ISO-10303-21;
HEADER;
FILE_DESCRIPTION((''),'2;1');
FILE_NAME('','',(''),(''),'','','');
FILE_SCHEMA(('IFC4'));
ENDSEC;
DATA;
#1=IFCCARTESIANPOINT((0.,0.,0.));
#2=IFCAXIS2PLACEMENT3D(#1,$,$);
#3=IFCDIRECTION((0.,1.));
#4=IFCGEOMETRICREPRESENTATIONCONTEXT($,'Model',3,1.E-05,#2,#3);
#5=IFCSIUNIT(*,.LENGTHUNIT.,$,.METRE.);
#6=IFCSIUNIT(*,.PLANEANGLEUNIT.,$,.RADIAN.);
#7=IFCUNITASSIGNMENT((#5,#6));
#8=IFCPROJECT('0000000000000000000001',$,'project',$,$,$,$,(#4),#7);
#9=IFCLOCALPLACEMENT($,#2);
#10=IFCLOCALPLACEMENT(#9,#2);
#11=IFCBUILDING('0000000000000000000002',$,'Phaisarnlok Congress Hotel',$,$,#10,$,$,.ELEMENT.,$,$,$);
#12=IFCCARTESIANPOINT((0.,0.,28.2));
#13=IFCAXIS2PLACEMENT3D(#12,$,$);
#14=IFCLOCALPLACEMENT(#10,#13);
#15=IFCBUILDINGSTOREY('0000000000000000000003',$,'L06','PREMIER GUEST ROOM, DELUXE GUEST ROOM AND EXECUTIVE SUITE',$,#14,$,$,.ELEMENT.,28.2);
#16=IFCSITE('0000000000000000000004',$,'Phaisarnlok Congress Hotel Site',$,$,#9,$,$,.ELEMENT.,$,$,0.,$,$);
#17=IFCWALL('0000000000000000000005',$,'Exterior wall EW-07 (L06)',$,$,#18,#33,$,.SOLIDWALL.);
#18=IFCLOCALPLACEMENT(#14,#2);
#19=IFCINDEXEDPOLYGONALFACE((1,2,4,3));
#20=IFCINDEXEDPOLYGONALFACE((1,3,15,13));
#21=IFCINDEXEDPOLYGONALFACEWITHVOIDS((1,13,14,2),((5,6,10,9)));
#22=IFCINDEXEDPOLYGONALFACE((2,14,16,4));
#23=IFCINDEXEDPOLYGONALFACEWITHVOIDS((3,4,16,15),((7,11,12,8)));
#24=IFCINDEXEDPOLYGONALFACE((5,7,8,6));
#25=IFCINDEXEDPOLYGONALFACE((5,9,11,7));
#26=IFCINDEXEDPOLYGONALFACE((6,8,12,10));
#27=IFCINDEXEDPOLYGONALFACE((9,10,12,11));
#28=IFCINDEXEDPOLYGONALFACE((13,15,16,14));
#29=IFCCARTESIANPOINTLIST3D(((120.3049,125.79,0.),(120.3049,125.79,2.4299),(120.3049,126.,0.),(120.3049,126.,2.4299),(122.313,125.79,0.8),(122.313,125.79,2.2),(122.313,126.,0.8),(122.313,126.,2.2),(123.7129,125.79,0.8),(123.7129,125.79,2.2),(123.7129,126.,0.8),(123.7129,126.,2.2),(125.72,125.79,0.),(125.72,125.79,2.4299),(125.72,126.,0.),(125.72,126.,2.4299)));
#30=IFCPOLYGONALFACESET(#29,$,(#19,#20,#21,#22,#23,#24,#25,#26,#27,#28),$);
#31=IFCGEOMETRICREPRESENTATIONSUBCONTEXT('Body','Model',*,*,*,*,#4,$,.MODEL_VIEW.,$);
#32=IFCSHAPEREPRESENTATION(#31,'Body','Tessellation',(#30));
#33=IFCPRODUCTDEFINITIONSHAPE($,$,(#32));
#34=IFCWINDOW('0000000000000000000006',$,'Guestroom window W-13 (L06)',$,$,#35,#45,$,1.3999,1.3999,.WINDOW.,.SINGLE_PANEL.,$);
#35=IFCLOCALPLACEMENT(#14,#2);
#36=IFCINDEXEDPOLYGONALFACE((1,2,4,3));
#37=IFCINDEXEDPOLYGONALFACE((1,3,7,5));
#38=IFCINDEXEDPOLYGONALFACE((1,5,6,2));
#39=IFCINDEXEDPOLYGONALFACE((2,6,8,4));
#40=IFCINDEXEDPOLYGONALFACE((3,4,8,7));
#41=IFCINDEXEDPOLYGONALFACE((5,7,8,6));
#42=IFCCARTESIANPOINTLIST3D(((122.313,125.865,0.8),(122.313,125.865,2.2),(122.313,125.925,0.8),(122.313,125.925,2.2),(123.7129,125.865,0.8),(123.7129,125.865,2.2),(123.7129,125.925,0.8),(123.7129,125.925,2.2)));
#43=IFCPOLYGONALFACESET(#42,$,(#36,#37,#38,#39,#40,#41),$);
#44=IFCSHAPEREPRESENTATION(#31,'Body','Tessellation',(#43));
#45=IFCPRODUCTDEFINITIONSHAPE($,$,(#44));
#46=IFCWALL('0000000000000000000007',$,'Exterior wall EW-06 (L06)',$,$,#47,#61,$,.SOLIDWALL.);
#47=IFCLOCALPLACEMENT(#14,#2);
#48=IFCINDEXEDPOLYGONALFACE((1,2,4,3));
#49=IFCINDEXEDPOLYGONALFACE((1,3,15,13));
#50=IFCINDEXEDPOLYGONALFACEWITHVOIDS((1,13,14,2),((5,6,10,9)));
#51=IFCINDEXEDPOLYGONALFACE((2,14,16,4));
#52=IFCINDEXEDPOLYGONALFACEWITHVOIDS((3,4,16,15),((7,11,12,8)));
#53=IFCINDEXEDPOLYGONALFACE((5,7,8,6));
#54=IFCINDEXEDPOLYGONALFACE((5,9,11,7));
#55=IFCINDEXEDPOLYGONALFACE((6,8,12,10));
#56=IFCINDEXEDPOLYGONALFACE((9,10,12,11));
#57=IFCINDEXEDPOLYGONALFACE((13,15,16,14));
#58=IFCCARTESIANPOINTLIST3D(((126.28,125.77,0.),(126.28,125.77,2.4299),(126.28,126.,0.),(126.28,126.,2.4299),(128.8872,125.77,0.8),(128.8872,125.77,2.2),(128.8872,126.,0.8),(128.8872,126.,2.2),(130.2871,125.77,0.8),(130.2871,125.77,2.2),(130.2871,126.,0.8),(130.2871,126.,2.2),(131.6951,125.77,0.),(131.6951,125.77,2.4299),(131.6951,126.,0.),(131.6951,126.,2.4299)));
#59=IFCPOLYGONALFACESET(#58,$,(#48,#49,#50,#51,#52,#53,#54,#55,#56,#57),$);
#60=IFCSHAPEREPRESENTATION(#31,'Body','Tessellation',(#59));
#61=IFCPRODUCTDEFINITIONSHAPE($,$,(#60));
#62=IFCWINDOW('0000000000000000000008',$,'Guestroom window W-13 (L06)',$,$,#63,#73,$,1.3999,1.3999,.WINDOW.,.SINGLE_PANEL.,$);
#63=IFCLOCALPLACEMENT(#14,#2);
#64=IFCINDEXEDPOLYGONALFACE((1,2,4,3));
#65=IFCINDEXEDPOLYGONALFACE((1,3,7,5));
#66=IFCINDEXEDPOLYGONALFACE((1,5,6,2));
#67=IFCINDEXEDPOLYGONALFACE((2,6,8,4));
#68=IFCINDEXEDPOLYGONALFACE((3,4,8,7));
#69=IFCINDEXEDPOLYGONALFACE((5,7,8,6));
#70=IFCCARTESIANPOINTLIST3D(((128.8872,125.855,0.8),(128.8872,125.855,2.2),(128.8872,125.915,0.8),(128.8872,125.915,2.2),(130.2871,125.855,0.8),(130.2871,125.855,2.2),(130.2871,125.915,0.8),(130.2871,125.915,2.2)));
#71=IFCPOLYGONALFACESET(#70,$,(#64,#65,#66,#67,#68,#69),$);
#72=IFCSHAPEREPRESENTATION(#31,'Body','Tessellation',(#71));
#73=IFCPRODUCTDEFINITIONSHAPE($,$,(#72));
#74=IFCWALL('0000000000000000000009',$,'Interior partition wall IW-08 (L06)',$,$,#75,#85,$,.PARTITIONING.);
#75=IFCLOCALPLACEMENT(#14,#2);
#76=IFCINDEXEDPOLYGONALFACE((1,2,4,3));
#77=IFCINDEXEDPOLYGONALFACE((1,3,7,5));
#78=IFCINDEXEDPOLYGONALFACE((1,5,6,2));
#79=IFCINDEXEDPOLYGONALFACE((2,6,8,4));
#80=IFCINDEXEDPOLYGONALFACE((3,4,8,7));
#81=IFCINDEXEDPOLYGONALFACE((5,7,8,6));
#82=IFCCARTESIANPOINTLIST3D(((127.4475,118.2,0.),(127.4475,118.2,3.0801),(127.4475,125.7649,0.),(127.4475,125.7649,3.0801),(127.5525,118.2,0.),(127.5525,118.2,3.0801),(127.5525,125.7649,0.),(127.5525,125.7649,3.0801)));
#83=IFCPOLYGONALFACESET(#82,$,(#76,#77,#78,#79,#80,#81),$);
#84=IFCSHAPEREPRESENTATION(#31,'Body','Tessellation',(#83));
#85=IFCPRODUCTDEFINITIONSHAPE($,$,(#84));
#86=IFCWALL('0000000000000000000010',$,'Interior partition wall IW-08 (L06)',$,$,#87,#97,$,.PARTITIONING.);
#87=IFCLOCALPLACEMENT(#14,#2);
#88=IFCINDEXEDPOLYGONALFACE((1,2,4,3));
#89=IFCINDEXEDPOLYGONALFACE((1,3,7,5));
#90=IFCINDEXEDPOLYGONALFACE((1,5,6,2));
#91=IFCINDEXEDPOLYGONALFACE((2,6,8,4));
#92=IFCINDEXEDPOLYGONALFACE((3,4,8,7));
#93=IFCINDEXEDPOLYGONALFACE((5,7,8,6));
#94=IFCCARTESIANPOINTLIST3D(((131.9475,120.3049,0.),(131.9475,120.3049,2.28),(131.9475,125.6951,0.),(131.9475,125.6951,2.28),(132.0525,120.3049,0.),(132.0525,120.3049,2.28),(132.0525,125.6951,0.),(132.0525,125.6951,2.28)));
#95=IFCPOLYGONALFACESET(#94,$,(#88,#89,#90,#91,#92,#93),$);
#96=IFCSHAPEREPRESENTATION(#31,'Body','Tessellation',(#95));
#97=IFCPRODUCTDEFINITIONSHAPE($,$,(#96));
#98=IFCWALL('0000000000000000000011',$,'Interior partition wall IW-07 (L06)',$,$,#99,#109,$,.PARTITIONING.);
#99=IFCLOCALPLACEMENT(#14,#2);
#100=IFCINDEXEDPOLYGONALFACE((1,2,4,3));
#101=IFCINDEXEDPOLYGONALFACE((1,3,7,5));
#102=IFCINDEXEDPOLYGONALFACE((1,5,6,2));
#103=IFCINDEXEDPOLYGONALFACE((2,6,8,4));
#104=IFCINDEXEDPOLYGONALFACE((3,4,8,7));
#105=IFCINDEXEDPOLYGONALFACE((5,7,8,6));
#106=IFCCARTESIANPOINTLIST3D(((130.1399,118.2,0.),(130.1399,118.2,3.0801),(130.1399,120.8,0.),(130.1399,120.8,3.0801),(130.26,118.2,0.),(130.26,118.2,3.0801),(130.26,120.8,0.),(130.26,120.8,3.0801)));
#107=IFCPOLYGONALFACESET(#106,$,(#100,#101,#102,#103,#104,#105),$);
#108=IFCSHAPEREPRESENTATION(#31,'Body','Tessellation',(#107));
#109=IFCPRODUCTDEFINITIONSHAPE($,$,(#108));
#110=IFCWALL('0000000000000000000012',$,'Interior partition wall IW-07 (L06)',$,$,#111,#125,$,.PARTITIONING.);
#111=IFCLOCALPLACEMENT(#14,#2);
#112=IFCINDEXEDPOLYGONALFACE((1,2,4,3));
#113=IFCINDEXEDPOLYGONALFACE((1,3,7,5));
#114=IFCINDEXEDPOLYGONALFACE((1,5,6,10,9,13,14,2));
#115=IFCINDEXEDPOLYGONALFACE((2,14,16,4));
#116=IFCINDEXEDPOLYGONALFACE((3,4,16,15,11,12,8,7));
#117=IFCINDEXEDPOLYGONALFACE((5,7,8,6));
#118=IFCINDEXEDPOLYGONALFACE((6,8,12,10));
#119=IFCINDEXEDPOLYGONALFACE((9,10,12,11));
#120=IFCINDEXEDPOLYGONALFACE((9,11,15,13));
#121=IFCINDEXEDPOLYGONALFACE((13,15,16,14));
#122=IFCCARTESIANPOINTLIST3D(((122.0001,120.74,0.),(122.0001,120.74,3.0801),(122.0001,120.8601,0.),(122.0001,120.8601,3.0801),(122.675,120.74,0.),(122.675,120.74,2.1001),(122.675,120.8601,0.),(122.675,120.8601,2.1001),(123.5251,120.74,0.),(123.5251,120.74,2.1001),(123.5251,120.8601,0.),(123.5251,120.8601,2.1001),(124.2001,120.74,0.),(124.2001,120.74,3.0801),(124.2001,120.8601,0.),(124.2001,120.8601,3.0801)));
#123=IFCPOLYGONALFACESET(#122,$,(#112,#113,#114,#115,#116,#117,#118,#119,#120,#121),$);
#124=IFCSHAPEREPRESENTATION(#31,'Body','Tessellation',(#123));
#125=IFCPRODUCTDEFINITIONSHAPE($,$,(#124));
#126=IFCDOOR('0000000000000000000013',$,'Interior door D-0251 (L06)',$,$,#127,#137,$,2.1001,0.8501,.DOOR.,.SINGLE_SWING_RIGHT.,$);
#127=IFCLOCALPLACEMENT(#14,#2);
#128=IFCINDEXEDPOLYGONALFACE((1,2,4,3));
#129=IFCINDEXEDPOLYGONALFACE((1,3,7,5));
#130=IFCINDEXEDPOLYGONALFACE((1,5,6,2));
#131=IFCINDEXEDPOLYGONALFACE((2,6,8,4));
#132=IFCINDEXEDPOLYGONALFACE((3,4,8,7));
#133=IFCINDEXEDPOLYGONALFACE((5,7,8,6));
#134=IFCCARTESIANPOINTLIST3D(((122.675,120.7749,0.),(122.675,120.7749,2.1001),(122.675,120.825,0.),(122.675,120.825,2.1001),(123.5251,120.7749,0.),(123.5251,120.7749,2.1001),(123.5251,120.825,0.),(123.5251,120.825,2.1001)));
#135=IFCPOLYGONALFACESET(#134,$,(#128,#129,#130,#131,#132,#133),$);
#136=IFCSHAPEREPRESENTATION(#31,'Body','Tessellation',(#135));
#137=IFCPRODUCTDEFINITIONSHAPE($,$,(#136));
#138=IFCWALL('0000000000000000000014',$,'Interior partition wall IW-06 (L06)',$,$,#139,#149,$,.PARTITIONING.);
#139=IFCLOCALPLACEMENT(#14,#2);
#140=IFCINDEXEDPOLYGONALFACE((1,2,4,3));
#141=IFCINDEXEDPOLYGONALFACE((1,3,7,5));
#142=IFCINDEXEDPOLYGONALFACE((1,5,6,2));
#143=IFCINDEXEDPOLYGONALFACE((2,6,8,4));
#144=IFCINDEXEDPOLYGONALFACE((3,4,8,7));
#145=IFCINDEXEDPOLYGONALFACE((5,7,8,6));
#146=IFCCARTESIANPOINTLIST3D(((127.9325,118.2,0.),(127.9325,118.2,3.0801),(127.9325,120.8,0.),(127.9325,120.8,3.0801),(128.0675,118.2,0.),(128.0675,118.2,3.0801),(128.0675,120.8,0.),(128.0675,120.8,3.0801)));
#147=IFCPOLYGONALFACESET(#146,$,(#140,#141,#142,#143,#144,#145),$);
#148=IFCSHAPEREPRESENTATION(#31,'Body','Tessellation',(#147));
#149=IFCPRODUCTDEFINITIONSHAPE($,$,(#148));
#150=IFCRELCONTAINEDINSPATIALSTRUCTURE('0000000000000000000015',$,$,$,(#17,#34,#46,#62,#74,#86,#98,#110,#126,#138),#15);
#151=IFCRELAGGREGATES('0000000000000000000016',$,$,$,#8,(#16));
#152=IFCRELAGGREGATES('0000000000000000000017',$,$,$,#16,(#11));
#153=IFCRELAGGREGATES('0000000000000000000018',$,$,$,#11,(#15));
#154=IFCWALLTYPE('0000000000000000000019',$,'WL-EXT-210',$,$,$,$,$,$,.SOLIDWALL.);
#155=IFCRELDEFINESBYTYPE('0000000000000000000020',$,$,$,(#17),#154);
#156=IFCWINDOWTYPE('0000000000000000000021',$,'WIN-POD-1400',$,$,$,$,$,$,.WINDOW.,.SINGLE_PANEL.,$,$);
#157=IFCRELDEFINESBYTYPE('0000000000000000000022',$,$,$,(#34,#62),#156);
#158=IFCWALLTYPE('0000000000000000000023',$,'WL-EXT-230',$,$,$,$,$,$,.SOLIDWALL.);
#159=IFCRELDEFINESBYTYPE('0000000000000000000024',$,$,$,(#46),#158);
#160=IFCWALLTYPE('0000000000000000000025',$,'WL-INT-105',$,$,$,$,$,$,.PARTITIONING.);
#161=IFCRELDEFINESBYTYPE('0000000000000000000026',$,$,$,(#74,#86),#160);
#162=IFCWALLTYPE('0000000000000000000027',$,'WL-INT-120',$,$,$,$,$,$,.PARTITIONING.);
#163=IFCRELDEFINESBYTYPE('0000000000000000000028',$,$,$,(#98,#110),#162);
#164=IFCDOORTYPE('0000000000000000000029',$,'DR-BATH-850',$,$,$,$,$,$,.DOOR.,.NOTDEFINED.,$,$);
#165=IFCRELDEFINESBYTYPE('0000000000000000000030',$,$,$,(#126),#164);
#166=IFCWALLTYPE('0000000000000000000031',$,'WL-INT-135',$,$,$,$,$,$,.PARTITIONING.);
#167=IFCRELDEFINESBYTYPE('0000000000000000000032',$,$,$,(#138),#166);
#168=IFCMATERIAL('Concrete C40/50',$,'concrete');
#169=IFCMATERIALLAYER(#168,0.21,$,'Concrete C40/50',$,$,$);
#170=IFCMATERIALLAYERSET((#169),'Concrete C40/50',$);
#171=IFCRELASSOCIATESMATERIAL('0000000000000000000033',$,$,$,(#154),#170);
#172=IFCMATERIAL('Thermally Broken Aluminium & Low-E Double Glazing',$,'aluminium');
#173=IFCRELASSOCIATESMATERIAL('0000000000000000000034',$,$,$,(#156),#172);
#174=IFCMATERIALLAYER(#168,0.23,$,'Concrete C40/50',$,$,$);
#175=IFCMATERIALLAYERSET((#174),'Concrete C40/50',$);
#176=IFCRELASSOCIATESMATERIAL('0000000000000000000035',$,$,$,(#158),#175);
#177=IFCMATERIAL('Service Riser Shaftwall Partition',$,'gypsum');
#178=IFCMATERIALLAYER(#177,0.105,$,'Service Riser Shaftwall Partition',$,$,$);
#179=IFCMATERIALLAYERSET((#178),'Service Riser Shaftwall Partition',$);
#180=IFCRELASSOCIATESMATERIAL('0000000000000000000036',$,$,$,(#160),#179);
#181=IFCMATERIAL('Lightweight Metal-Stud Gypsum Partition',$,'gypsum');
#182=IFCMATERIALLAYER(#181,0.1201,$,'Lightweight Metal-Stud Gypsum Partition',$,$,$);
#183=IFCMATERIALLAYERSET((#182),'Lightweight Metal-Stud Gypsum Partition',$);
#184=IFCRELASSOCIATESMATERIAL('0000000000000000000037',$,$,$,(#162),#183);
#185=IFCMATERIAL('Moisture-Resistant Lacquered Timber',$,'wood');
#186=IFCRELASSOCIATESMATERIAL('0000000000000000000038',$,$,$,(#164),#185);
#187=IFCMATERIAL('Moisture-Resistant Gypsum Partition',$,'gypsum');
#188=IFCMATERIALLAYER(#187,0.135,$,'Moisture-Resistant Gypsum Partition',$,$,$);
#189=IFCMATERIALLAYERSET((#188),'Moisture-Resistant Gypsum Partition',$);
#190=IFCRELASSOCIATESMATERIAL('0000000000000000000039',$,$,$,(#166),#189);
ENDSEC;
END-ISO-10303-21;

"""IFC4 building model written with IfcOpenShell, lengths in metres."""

from ifc_helpers import new_model, si_unit, direction, frame, frame_2d, origin, place, context, subcontext, project, spatial, rectangle, extrude, material, layer, layer_set, type_object, element, fill, save


model = new_model("IFC4")

# Units and contexts
model_context = context("Model", 3, precision=1e-05, world=origin(), true_north=direction((0.0, 1.0)))
body_context = subcontext(model_context, "Body", "Model", "MODEL_VIEW")
ifc_project = project(units=[si_unit("LENGTHUNIT", "METRE"), si_unit("PLANEANGLEUNIT", "RADIAN")], contexts=[model_context])

# Site, building, storey
site_placement = place(None, origin())
site = spatial("IfcSite", under=ifc_project, at=site_placement, Name="Phaisarnlok Congress Hotel Site", CompositionType="ELEMENT", RefElevation=0.0)
building_placement = place(site_placement, origin())
building = spatial("IfcBuilding", under=site, at=building_placement, Name="Phaisarnlok Congress Hotel", CompositionType="ELEMENT")
storey_placement = place(building_placement, frame((0.0, 0.0, 28.2)))
storey = spatial("IfcBuildingStorey", under=building, at=storey_placement, Name="L06", Description="PREMIER GUEST ROOM, DELUXE GUEST ROOM AND EXECUTIVE SUITE", CompositionType="ELEMENT", Elevation=28.2)

# Shared definitions
ifc_material_1 = material(Name="Concrete C40/50", Category="concrete")

# Walls, openings, windows
ifc_layer_1 = layer(ifc_material_1, 0.21, Name="Concrete C40/50")
ifc_layer_set_1 = layer_set([ifc_layer_1], Name="Concrete C40/50")
wall_type_1 = type_object("IfcWallType", Name="WL-EXT-210", PredefinedType="SOLIDWALL", material=ifc_layer_set_1)
wall_1_placement = place(storey_placement, frame((125.72, 125.895, 0.0), z_axis=(0.0, 0.0, 1.0), x_axis=(-1.0, 0.0, 0.0)))
wall_1 = element("IfcWall", 1, at=wall_1_placement, inside=storey, type_object=wall_type_1, Name="Exterior wall EW-07 (L06)", PredefinedType="SOLIDWALL", context=body_context, shape_type="SweptSolid", body=[
    extrude(rectangle(XDim=5.415, YDim=0.21, at=frame_2d((2.7075, 0.0))), origin(), (0.0, 0.0, 1.0), 2.4299),
])
opening_1_placement = place(wall_1_placement, frame((2.0071, 0.0, 0.8)))
opening_1 = element("IfcOpeningElement", 2, at=opening_1_placement, cuts=wall_1, PredefinedType="OPENING", context=body_context, shape_type="SweptSolid", body=[
    extrude(rectangle(XDim=1.3999, YDim=1.3999, at=frame_2d((0.7, 0.7))), frame((0.0, 0.115, 0.0), z_axis=(0.0, -1.0, 0.0), x_axis=(1.0, 0.0, 0.0)), (0.0, 0.0, 1.0), 0.23),
])
ifc_material_2 = material(Name="Thermally Broken Aluminium & Low-E Double Glazing", Category="aluminium")
window_type = type_object("IfcWindowType", Name="WIN-POD-1400", PartitioningType="SINGLE_PANEL", PredefinedType="WINDOW", material=ifc_material_2)
window_1_placement = place(opening_1_placement, origin())
window_1 = element("IfcWindow", 3, at=window_1_placement, inside=storey, type_object=window_type, Name="Guestroom window W-13 (L06)", OverallHeight=1.3999, OverallWidth=1.3999, PartitioningType="SINGLE_PANEL", PredefinedType="WINDOW", context=body_context, shape_type="SweptSolid", body=[
    extrude(rectangle(XDim=1.3999, YDim=1.3999, at=frame_2d((0.7, 0.7))), frame((0.0, 0.03, 0.0), z_axis=(0.0, -1.0, 0.0), x_axis=(1.0, 0.0, 0.0)), (0.0, 0.0, 1.0), 0.0601),
])
fill(opening_1, window_1)
ifc_layer_2 = layer(ifc_material_1, 0.23, Name="Concrete C40/50")
ifc_layer_set_2 = layer_set([ifc_layer_2], Name="Concrete C40/50")
wall_type_2 = type_object("IfcWallType", Name="WL-EXT-230", PredefinedType="SOLIDWALL", material=ifc_layer_set_2)
wall_2_placement = place(storey_placement, frame((131.6951, 125.885, 0.0), z_axis=(0.0, 0.0, 1.0), x_axis=(-1.0, 0.0, 0.0)))
wall_2 = element("IfcWall", 4, at=wall_2_placement, inside=storey, type_object=wall_type_2, Name="Exterior wall EW-06 (L06)", PredefinedType="SOLIDWALL", context=body_context, shape_type="SweptSolid", body=[
    extrude(rectangle(XDim=5.415, YDim=0.23, at=frame_2d((2.7075, 0.0))), origin(), (0.0, 0.0, 1.0), 2.4299),
])
opening_2_placement = place(wall_2_placement, frame((1.408, 0.0, 0.8)))
opening_2 = element("IfcOpeningElement", 5, at=opening_2_placement, cuts=wall_2, PredefinedType="OPENING", context=body_context, shape_type="SweptSolid", body=[
    extrude(rectangle(XDim=1.3999, YDim=1.3999, at=frame_2d((0.7, 0.7))), frame((0.0, 0.125, 0.0), z_axis=(0.0, -1.0, 0.0), x_axis=(1.0, 0.0, 0.0)), (0.0, 0.0, 1.0), 0.25),
])
window_2_placement = place(opening_2_placement, origin())
window_2 = element("IfcWindow", 6, at=window_2_placement, inside=storey, type_object=window_type, Name="Guestroom window W-13 (L06)", OverallHeight=1.3999, OverallWidth=1.3999, PartitioningType="SINGLE_PANEL", PredefinedType="WINDOW", context=body_context, shape_type="SweptSolid", body=[
    extrude(rectangle(XDim=1.3999, YDim=1.3999, at=frame_2d((0.7, 0.7))), frame((0.0, 0.03, 0.0), z_axis=(0.0, -1.0, 0.0), x_axis=(1.0, 0.0, 0.0)), (0.0, 0.0, 1.0), 0.0601),
])
fill(opening_2, window_2)

# Walls
ifc_material_3 = material(Name="Service Riser Shaftwall Partition", Category="gypsum")
ifc_layer_3 = layer(ifc_material_3, 0.105, Name="Service Riser Shaftwall Partition")
ifc_layer_set_3 = layer_set([ifc_layer_3], Name="Service Riser Shaftwall Partition")
wall_type_3 = type_object("IfcWallType", Name="WL-INT-105", PredefinedType="PARTITIONING", material=ifc_layer_set_3)
wall_3_placement = place(storey_placement, frame((127.5, 118.2, 0.0), z_axis=(0.0, 0.0, 1.0), x_axis=(0.0, 1.0, 0.0)))
element("IfcWall", 7, at=wall_3_placement, inside=storey, type_object=wall_type_3, Name="Interior partition wall IW-08 (L06)", PredefinedType="PARTITIONING", context=body_context, shape_type="SweptSolid", body=[
    extrude(rectangle(XDim=7.5649, YDim=0.105, at=frame_2d((3.7825, 0.0))), origin(), (0.0, 0.0, 1.0), 3.0801),
])
wall_4_placement = place(storey_placement, frame((132.0, 120.3049, 0.0), z_axis=(0.0, 0.0, 1.0), x_axis=(0.0, 1.0, 0.0)))
element("IfcWall", 8, at=wall_4_placement, inside=storey, type_object=wall_type_3, Name="Interior partition wall IW-08 (L06)", PredefinedType="PARTITIONING", context=body_context, shape_type="SweptSolid", body=[
    extrude(rectangle(XDim=5.3901, YDim=0.105, at=frame_2d((2.6951, 0.0))), origin(), (0.0, 0.0, 1.0), 2.28),
])
ifc_material_4 = material(Name="Lightweight Metal-Stud Gypsum Partition", Category="gypsum")
ifc_layer_4 = layer(ifc_material_4, 0.1201, Name="Lightweight Metal-Stud Gypsum Partition")
ifc_layer_set_4 = layer_set([ifc_layer_4], Name="Lightweight Metal-Stud Gypsum Partition")
wall_type_4 = type_object("IfcWallType", Name="WL-INT-120", PredefinedType="PARTITIONING", material=ifc_layer_set_4)
wall_5_placement = place(storey_placement, frame((130.2, 118.2, 0.0), z_axis=(0.0, 0.0, 1.0), x_axis=(0.0, 1.0, 0.0)))
element("IfcWall", 9, at=wall_5_placement, inside=storey, type_object=wall_type_4, Name="Interior partition wall IW-07 (L06)", PredefinedType="PARTITIONING", context=body_context, shape_type="SweptSolid", body=[
    extrude(rectangle(XDim=2.6001, YDim=0.1201, at=frame_2d((1.3, 0.0))), origin(), (0.0, 0.0, 1.0), 3.0801),
])

# Wall, opening, door
wall_6_placement = place(storey_placement, frame((122.0, 120.8, 0.0), z_axis=(0.0, 0.0, 1.0), x_axis=(1.0, 0.0, 0.0)))
wall_6 = element("IfcWall", 10, at=wall_6_placement, inside=storey, type_object=wall_type_4, Name="Interior partition wall IW-07 (L06)", PredefinedType="PARTITIONING", context=body_context, shape_type="SweptSolid", body=[
    extrude(rectangle(XDim=2.2, YDim=0.1201, at=frame_2d((1.1001, 0.0))), origin(), (0.0, 0.0, 1.0), 3.0801),
])
opening_3_placement = place(wall_6_placement, frame((0.675, 0.0, 0.0)))
opening_3 = element("IfcOpeningElement", 11, at=opening_3_placement, cuts=wall_6, PredefinedType="OPENING", context=body_context, shape_type="SweptSolid", body=[
    extrude(rectangle(XDim=0.8501, YDim=2.1001, at=frame_2d((0.425, 1.05))), frame((0.0, 0.0701, 0.0), z_axis=(0.0, -1.0, 0.0), x_axis=(1.0, 0.0, 0.0)), (0.0, 0.0, 1.0), 0.1401),
])
ifc_material_5 = material(Name="Moisture-Resistant Lacquered Timber", Category="wood")
door_type = type_object("IfcDoorType", Name="DR-BATH-850", OperationType="NOTDEFINED", PredefinedType="DOOR", material=ifc_material_5)
door_1_placement = place(opening_3_placement, origin())
door_1 = element("IfcDoor", 12, at=door_1_placement, inside=storey, type_object=door_type, Name="Interior door D-0251 (L06)", OperationType="SINGLE_SWING_RIGHT", OverallHeight=2.1001, OverallWidth=0.8501, PredefinedType="DOOR", context=body_context, shape_type="SweptSolid", body=[
    extrude(rectangle(XDim=0.8501, YDim=2.1001, at=frame_2d((0.425, 1.05))), frame((0.0, 0.0249, 0.0), z_axis=(0.0, -1.0, 0.0), x_axis=(1.0, 0.0, 0.0)), (0.0, 0.0, 1.0), 0.05),
])
fill(opening_3, door_1)

# Wall
ifc_material_6 = material(Name="Moisture-Resistant Gypsum Partition", Category="gypsum")
ifc_layer_5 = layer(ifc_material_6, 0.135, Name="Moisture-Resistant Gypsum Partition")
ifc_layer_set_5 = layer_set([ifc_layer_5], Name="Moisture-Resistant Gypsum Partition")
wall_type_5 = type_object("IfcWallType", Name="WL-INT-135", PredefinedType="PARTITIONING", material=ifc_layer_set_5)
wall_7_placement = place(storey_placement, frame((128.0, 118.2, 0.0), z_axis=(0.0, 0.0, 1.0), x_axis=(0.0, 1.0, 0.0)))
element("IfcWall", 13, at=wall_7_placement, inside=storey, type_object=wall_type_5, Name="Interior partition wall IW-06 (L06)", PredefinedType="PARTITIONING", context=body_context, shape_type="SweptSolid", body=[
    extrude(rectangle(XDim=2.6001, YDim=0.135, at=frame_2d((1.3, 0.0))), origin(), (0.0, 0.0, 1.0), 3.0801),
])

save(model, "model.ifc")
